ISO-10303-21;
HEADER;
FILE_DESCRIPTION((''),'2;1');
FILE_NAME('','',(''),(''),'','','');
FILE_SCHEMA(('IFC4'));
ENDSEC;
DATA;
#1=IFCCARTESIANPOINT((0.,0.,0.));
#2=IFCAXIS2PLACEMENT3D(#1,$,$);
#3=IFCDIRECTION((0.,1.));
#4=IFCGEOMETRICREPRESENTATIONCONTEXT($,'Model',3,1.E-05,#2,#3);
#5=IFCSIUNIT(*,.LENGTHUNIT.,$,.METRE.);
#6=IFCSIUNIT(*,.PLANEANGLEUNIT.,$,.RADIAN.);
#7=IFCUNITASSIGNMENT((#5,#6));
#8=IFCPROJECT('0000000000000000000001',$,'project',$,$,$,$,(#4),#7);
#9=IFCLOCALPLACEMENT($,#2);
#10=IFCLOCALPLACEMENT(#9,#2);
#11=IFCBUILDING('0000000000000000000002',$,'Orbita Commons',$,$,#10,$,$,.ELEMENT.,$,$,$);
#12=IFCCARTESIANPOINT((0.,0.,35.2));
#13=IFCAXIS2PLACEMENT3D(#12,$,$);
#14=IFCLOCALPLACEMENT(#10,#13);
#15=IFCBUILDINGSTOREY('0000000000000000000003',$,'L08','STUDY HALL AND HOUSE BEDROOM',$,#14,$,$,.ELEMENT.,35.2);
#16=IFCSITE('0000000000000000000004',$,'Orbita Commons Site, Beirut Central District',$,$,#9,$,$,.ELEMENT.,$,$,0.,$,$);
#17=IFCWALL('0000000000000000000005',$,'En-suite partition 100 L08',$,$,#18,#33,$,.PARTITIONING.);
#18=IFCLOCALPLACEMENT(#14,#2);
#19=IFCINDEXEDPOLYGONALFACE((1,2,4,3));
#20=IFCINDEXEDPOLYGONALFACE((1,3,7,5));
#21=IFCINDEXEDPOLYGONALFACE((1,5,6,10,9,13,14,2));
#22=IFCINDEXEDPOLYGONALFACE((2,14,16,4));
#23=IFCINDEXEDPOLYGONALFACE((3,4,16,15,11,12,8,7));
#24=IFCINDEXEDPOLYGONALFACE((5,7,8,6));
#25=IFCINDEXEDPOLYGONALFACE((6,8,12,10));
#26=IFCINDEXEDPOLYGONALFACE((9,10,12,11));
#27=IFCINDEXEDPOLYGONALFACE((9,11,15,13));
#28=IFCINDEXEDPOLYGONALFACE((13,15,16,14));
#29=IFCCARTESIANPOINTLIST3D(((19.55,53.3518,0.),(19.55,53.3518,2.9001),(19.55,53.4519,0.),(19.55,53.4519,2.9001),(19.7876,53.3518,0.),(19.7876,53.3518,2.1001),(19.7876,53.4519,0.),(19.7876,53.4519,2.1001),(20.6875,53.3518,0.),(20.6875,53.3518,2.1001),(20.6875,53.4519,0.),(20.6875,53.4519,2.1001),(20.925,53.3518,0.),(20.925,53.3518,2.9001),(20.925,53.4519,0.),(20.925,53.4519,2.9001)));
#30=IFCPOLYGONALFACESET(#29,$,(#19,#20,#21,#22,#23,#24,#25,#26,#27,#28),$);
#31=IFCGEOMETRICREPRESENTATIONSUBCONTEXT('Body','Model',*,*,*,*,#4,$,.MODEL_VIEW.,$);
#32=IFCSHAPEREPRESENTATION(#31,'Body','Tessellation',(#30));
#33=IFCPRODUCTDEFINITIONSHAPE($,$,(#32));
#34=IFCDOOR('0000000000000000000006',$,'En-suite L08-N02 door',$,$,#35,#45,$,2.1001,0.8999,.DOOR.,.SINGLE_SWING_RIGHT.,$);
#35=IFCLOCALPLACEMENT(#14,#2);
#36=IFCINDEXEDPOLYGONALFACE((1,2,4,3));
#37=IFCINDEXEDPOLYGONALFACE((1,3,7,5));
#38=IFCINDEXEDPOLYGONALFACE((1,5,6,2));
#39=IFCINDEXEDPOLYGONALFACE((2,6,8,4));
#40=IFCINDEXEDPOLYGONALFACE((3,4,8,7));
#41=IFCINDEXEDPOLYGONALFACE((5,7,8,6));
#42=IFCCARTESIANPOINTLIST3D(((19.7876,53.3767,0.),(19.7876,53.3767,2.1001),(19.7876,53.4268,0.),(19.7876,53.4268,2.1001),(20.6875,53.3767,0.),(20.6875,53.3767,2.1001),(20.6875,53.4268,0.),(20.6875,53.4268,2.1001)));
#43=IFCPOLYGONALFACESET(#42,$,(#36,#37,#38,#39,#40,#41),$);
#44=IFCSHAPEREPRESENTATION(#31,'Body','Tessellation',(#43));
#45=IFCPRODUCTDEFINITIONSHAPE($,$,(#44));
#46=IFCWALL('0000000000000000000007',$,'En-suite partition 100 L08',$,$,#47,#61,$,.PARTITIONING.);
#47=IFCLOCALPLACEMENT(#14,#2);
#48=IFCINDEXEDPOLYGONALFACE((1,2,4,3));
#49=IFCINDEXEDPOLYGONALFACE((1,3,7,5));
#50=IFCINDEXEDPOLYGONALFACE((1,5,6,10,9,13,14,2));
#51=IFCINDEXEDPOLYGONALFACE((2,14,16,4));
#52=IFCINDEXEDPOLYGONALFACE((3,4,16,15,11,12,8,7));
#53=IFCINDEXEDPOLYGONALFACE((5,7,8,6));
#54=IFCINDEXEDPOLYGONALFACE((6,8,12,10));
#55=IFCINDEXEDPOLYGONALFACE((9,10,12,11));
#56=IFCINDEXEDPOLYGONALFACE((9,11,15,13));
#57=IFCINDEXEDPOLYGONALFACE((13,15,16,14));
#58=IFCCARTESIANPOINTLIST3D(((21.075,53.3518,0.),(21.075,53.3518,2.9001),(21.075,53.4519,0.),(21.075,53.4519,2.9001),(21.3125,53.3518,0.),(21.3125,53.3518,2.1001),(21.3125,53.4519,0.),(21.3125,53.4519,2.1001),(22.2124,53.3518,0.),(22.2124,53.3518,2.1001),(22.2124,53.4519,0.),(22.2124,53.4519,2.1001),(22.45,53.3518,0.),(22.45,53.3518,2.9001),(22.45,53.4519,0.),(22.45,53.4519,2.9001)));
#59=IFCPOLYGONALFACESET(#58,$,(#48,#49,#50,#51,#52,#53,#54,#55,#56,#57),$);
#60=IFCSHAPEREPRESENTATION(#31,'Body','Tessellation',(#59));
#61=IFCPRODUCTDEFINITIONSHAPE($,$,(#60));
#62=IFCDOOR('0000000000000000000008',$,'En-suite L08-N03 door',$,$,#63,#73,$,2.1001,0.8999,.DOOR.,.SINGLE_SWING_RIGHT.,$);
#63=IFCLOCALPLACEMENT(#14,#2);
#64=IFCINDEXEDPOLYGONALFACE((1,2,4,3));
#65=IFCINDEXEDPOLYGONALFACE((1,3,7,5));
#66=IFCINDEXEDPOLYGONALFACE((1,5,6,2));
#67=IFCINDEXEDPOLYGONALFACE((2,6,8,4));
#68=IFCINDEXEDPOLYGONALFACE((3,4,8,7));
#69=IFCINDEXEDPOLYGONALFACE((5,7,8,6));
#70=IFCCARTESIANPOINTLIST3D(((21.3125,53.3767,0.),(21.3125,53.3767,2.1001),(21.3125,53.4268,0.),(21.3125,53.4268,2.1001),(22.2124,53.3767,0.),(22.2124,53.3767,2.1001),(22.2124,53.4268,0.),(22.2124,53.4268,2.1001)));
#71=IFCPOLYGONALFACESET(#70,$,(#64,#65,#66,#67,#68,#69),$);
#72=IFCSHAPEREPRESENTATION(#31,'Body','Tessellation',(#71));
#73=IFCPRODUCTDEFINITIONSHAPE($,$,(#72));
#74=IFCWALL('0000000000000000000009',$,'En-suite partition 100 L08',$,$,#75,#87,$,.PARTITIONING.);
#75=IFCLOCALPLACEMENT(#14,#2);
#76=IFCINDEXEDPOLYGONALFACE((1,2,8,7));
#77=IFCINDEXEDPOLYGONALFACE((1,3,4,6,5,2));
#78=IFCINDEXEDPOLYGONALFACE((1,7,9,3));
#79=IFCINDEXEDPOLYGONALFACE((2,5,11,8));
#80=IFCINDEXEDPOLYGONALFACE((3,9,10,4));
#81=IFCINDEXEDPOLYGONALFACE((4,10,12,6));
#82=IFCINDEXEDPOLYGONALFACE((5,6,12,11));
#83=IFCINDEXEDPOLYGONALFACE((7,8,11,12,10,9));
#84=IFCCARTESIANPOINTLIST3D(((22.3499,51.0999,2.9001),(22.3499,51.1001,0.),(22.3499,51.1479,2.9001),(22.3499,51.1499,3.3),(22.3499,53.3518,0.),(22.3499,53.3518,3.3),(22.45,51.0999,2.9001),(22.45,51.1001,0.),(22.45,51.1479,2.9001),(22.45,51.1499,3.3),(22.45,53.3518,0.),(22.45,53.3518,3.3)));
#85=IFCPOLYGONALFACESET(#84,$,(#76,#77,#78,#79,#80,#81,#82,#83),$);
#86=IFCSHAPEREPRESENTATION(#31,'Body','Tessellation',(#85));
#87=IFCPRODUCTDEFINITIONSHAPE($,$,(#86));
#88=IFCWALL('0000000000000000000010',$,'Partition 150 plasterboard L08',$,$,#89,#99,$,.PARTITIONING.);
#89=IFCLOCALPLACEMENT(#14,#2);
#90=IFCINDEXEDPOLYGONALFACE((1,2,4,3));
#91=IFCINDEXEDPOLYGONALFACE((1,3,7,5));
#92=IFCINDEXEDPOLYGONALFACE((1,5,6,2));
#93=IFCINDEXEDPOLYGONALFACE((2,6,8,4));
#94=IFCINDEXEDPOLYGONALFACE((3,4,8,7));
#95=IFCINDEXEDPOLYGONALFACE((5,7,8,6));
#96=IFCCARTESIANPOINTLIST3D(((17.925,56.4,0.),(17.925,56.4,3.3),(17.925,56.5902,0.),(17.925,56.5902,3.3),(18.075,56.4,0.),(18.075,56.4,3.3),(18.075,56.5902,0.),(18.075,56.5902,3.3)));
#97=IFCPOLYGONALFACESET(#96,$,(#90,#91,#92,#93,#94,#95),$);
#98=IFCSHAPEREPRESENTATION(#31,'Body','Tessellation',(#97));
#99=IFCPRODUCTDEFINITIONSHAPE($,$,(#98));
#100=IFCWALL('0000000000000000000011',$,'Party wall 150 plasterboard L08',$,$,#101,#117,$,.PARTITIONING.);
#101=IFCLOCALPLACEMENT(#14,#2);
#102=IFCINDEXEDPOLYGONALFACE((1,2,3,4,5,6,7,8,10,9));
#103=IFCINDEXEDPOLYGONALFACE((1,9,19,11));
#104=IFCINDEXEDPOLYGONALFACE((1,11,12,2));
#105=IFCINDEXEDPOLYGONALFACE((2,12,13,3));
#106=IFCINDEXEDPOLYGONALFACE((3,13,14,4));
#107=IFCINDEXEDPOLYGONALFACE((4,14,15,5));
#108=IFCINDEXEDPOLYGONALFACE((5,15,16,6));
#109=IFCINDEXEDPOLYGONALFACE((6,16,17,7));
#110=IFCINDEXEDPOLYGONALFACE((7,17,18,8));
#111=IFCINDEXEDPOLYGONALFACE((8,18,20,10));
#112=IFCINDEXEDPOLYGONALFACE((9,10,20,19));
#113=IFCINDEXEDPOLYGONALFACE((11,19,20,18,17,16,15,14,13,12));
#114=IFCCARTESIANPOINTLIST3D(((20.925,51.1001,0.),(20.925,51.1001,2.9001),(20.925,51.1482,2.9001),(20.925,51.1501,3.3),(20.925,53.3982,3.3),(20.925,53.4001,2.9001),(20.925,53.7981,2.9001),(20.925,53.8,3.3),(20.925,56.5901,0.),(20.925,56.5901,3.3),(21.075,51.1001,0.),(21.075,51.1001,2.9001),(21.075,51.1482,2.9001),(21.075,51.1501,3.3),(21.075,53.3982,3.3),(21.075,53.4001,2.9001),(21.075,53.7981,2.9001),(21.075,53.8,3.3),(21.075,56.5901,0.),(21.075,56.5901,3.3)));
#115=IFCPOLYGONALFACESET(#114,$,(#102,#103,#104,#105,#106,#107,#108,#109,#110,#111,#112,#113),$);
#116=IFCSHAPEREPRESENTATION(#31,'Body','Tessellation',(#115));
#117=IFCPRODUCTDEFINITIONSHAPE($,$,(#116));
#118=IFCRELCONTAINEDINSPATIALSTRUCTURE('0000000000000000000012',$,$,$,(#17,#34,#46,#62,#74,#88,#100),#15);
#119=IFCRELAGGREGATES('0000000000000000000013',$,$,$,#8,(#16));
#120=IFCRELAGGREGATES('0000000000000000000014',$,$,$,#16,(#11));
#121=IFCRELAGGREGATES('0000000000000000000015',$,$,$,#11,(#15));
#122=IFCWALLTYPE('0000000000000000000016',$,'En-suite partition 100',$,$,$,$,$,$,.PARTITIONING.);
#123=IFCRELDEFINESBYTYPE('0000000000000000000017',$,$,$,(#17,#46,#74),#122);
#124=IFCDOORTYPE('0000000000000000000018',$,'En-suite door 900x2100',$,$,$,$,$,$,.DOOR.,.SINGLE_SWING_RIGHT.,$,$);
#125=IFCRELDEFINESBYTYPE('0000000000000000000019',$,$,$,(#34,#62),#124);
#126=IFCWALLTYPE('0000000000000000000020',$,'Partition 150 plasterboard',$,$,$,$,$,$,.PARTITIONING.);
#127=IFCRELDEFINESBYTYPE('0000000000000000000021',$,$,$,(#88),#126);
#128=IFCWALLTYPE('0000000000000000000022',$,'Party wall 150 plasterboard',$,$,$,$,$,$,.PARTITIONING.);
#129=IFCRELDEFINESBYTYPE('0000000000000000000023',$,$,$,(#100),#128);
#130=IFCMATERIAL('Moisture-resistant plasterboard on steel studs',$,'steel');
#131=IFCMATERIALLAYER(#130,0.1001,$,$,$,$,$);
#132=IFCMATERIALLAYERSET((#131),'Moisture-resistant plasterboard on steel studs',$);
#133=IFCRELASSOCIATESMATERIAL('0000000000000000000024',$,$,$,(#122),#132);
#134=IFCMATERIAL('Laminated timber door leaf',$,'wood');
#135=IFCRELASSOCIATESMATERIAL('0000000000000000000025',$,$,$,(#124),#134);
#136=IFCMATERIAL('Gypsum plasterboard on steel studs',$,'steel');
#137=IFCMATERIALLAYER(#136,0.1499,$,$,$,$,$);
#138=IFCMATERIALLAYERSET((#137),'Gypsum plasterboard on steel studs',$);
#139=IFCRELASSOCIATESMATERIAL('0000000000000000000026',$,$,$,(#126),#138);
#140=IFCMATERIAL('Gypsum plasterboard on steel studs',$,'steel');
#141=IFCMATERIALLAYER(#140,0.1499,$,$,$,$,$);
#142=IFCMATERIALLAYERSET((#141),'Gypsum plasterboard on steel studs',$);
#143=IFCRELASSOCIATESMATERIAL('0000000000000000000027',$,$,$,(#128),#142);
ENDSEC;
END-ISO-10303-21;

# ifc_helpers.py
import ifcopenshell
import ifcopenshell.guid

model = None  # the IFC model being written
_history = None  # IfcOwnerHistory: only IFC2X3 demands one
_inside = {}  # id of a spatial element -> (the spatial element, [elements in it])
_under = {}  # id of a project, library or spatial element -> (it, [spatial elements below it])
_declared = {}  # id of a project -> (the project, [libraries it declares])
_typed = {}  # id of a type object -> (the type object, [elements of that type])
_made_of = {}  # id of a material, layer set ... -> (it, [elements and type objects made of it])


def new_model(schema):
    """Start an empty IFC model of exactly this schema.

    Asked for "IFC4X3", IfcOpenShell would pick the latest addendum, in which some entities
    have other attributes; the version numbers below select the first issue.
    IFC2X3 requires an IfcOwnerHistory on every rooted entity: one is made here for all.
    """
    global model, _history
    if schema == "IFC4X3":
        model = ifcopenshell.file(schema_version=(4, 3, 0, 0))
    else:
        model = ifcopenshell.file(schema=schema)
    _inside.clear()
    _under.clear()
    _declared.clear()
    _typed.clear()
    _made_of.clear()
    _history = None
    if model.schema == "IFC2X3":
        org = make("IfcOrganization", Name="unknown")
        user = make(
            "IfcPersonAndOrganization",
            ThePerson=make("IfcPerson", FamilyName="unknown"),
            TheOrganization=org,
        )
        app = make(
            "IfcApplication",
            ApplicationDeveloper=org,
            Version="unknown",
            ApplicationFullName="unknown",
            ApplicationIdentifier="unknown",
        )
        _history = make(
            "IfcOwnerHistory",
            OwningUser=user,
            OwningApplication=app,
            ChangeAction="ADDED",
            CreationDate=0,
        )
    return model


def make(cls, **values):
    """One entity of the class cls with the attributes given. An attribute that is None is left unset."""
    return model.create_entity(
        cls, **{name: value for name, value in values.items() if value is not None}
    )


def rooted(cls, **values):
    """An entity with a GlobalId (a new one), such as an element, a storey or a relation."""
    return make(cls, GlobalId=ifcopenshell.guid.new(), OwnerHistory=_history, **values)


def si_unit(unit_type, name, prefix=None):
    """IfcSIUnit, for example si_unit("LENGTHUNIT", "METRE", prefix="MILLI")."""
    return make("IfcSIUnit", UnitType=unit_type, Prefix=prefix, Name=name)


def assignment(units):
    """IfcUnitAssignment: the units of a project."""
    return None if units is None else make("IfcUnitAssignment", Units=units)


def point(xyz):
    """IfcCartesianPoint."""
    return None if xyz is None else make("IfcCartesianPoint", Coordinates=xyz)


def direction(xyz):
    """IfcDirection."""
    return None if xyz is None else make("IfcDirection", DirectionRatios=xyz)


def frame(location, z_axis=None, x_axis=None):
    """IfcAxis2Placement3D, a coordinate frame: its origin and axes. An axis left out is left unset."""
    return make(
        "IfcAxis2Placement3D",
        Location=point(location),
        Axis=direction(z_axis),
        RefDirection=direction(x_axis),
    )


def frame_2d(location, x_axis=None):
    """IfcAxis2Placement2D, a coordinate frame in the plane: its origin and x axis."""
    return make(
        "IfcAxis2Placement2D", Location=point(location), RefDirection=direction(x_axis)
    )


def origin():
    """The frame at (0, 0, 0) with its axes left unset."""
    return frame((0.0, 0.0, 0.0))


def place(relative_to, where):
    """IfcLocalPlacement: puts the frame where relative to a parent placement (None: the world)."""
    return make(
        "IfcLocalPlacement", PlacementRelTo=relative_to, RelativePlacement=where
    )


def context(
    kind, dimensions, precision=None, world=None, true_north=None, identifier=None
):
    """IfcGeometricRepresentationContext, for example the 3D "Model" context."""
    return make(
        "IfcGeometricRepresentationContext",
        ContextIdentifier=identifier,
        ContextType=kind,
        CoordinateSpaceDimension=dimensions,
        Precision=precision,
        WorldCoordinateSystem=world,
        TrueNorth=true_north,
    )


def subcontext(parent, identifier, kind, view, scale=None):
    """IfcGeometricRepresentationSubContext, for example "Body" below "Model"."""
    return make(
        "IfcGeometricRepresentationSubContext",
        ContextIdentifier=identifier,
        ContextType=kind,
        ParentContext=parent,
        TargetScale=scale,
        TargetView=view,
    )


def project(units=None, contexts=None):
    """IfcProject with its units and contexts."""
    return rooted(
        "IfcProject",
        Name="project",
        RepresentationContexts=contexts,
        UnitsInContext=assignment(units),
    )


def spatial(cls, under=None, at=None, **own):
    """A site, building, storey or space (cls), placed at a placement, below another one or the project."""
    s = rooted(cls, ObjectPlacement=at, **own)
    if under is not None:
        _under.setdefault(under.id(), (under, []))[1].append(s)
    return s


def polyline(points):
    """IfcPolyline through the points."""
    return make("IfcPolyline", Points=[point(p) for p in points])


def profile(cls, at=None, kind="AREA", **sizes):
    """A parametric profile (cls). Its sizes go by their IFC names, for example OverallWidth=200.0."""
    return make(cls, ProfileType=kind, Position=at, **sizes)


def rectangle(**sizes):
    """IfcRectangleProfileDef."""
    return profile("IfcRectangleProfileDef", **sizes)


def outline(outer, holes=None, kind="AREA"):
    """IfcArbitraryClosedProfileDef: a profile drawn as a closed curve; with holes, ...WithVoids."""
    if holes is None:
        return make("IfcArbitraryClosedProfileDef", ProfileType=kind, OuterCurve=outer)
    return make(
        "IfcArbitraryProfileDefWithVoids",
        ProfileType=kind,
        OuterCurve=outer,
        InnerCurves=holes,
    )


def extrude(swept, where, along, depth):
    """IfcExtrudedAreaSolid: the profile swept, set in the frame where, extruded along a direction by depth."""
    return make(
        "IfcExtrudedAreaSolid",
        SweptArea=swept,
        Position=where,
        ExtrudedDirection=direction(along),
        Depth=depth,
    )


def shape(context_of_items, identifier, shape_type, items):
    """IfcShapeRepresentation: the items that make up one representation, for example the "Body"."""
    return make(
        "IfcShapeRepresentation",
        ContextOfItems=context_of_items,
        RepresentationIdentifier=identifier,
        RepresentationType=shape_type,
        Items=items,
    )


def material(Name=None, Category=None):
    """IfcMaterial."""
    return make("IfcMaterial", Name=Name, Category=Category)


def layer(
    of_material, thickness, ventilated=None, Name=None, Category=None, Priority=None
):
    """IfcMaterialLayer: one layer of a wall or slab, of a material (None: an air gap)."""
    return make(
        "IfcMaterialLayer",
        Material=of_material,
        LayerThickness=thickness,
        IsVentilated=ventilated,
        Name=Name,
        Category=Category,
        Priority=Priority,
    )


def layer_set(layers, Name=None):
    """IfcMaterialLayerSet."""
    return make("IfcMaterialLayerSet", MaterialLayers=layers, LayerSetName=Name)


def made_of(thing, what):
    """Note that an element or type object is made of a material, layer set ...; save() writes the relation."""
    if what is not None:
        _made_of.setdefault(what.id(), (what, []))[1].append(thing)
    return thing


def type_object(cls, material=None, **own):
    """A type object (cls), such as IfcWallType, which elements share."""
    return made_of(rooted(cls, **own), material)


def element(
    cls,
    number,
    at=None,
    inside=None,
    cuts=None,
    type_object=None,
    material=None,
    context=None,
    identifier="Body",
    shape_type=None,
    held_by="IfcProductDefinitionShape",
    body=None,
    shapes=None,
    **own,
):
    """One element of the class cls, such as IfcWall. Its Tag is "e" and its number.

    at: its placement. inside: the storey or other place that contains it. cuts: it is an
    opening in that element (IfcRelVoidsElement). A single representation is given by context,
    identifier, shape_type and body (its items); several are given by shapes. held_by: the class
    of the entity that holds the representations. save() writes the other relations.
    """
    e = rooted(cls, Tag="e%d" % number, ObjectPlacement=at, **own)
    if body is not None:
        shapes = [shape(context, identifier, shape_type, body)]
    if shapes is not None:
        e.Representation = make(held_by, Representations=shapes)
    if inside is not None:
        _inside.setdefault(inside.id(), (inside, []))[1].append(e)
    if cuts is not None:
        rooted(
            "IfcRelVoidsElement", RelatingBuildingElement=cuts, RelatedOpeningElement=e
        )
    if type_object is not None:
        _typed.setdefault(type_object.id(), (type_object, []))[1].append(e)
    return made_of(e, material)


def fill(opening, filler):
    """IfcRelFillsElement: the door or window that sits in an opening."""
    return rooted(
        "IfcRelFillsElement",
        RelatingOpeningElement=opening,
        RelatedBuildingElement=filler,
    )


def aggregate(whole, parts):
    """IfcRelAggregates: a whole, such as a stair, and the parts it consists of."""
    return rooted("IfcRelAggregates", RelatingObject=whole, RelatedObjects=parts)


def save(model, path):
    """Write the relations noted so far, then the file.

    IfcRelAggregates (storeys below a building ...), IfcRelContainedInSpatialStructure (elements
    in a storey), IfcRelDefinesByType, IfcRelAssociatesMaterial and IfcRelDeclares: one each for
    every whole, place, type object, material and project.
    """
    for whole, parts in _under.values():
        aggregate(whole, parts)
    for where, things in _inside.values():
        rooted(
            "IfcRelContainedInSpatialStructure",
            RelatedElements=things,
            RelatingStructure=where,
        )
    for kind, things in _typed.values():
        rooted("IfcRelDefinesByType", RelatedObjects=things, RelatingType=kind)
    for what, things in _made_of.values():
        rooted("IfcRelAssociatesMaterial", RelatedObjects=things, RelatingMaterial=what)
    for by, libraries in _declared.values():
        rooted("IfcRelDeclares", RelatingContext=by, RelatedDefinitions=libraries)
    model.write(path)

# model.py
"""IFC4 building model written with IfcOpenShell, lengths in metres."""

from ifc_helpers import new_model, si_unit, direction, frame, frame_2d, origin, place, context, subcontext, project, spatial, polyline, rectangle, outline, extrude, material, layer, layer_set, type_object, element, fill, save


model = new_model("IFC4")

# Units and contexts
model_context = context("Model", 3, precision=1e-05, world=origin(), true_north=direction((0.0, 1.0)))
body_context = subcontext(model_context, "Body", "Model", "MODEL_VIEW")
ifc_project = project(units=[si_unit("LENGTHUNIT", "METRE"), si_unit("PLANEANGLEUNIT", "RADIAN")], contexts=[model_context])

# Site, building, storey
site_placement = place(None, origin())
site = spatial("IfcSite", under=ifc_project, at=site_placement, Name="Orbita Commons Site, Beirut Central District", CompositionType="ELEMENT", RefElevation=0.0)
building_placement = place(site_placement, origin())
building = spatial("IfcBuilding", under=site, at=building_placement, Name="Orbita Commons", CompositionType="ELEMENT")
storey_placement = place(building_placement, frame((0.0, 0.0, 35.2)))
storey = spatial("IfcBuildingStorey", under=building, at=storey_placement, Name="L08", Description="STUDY HALL AND HOUSE BEDROOM", CompositionType="ELEMENT", Elevation=35.2)

# Walls, openings, doors
ifc_material_1 = material(Name="Moisture-resistant plasterboard on steel studs", Category="steel")
ifc_layer_1 = layer(ifc_material_1, 0.1001)
ifc_layer_set_1 = layer_set([ifc_layer_1], Name="Moisture-resistant plasterboard on steel studs")
wall_type_1 = type_object("IfcWallType", Name="En-suite partition 100", PredefinedType="PARTITIONING", material=ifc_layer_set_1)
wall_1_placement = place(storey_placement, frame((19.55, 53.4019, 0.0), z_axis=(0.0, 0.0, 1.0), x_axis=(1.0, 0.0, 0.0)))
wall_1 = element("IfcWall", 1, at=wall_1_placement, inside=storey, type_object=wall_type_1, Name="En-suite partition 100 L08", PredefinedType="PARTITIONING", context=body_context, shape_type="SweptSolid", body=[
    extrude(outline(polyline([(0.0, 0.0), (1.375, 0.0), (1.375, 2.9001), (0.0, 2.9001), (0.0, 0.0)])), frame((0.0, 0.05, 0.0), z_axis=(0.0, -1.0, 0.0), x_axis=(1.0, 0.0, 0.0)), (0.0, 0.0, 1.0), 0.1001),
])
opening_1_placement = place(wall_1_placement, frame((0.2375, 0.0, 0.0)))
opening_1 = element("IfcOpeningElement", 2, at=opening_1_placement, cuts=wall_1, PredefinedType="OPENING", context=body_context, shape_type="SweptSolid", body=[
    extrude(rectangle(XDim=0.8999, YDim=2.1001, at=frame_2d((0.45, 1.05))), frame((0.0, 0.0601, 0.0), z_axis=(0.0, -1.0, 0.0), x_axis=(1.0, 0.0, 0.0)), (0.0, 0.0, 1.0), 0.1201),
])
ifc_material_2 = material(Name="Laminated timber door leaf", Category="wood")
door_type = type_object("IfcDoorType", Name="En-suite door 900x2100", OperationType="SINGLE_SWING_RIGHT", PredefinedType="DOOR", material=ifc_material_2)
door_1_placement = place(opening_1_placement, origin())
door_1 = element("IfcDoor", 3, at=door_1_placement, inside=storey, type_object=door_type, Name="En-suite L08-N02 door", OperationType="SINGLE_SWING_RIGHT", OverallHeight=2.1001, OverallWidth=0.8999, PredefinedType="DOOR", context=body_context, shape_type="SweptSolid", body=[
    extrude(rectangle(XDim=0.8999, YDim=2.1001, at=frame_2d((0.45, 1.05))), frame((0.0, 0.0249, 0.0), z_axis=(0.0, -1.0, 0.0), x_axis=(1.0, 0.0, 0.0)), (0.0, 0.0, 1.0), 0.05),
])
fill(opening_1, door_1)
wall_2_placement = place(storey_placement, frame((21.075, 53.4019, 0.0), z_axis=(0.0, 0.0, 1.0), x_axis=(1.0, 0.0, 0.0)))
wall_2 = element("IfcWall", 4, at=wall_2_placement, inside=storey, type_object=wall_type_1, Name="En-suite partition 100 L08", PredefinedType="PARTITIONING", context=body_context, shape_type="SweptSolid", body=[
    extrude(outline(polyline([(0.0, 0.0), (1.375, 0.0), (1.375, 2.9001), (0.0, 2.9001), (0.0, 0.0)])), frame((0.0, 0.05, 0.0), z_axis=(0.0, -1.0, 0.0), x_axis=(1.0, 0.0, 0.0)), (0.0, 0.0, 1.0), 0.1001),
])
opening_2_placement = place(wall_2_placement, frame((0.2375, 0.0, 0.0)))
opening_2 = element("IfcOpeningElement", 5, at=opening_2_placement, cuts=wall_2, PredefinedType="OPENING", context=body_context, shape_type="SweptSolid", body=[
    extrude(rectangle(XDim=0.8999, YDim=2.1001, at=frame_2d((0.45, 1.05))), frame((0.0, 0.0601, 0.0), z_axis=(0.0, -1.0, 0.0), x_axis=(1.0, 0.0, 0.0)), (0.0, 0.0, 1.0), 0.1201),
])
door_2_placement = place(opening_2_placement, origin())
door_2 = element("IfcDoor", 6, at=door_2_placement, inside=storey, type_object=door_type, Name="En-suite L08-N03 door", OperationType="SINGLE_SWING_RIGHT", OverallHeight=2.1001, OverallWidth=0.8999, PredefinedType="DOOR", context=body_context, shape_type="SweptSolid", body=[
    extrude(rectangle(XDim=0.8999, YDim=2.1001, at=frame_2d((0.45, 1.05))), frame((0.0, 0.0249, 0.0), z_axis=(0.0, -1.0, 0.0), x_axis=(1.0, 0.0, 0.0)), (0.0, 0.0, 1.0), 0.05),
])
fill(opening_2, door_2)

# Walls
wall_3_placement = place(storey_placement, frame((22.3999, 53.3518, 0.0), z_axis=(0.0, 0.0, 1.0), x_axis=(0.0, -1.0, 0.0)))
element("IfcWall", 7, at=wall_3_placement, inside=storey, type_object=wall_type_1, Name="En-suite partition 100 L08", PredefinedType="PARTITIONING", context=body_context, shape_type="SweptSolid", body=[
    extrude(outline(polyline([(0.0, 0.0), (2.2517, 0.0), (2.252, 2.9001), (2.2039, 2.9001), (2.2019, 3.3), (0.0, 3.3), (0.0, 0.0)])), frame((0.0, 0.05, 0.0), z_axis=(0.0, -1.0, 0.0), x_axis=(1.0, 0.0, 0.0)), (0.0, 0.0, 1.0), 0.1001),
])
ifc_material_3 = material(Name="Gypsum plasterboard on steel studs", Category="steel")
ifc_layer_2 = layer(ifc_material_3, 0.1499)
ifc_layer_set_2 = layer_set([ifc_layer_2], Name="Gypsum plasterboard on steel studs")
wall_type_2 = type_object("IfcWallType", Name="Partition 150 plasterboard", PredefinedType="PARTITIONING", material=ifc_layer_set_2)
wall_4_placement = place(storey_placement, frame((18.0, 56.3999, 0.0), z_axis=(0.0, 0.0, 1.0), x_axis=(0.0, 1.0, 0.0)))
element("IfcWall", 8, at=wall_4_placement, inside=storey, type_object=wall_type_2, Name="Partition 150 plasterboard L08", PredefinedType="PARTITIONING", context=body_context, shape_type="SweptSolid", body=[
    extrude(rectangle(XDim=0.1902, YDim=0.1499, at=frame_2d((0.0952, 0.0))), origin(), (0.0, 0.0, 1.0), 3.3),
])
ifc_material_4 = material(Name="Gypsum plasterboard on steel studs", Category="steel")
ifc_layer_3 = layer(ifc_material_4, 0.1499)
ifc_layer_set_3 = layer_set([ifc_layer_3], Name="Gypsum plasterboard on steel studs")
wall_type_3 = type_object("IfcWallType", Name="Party wall 150 plasterboard", PredefinedType="PARTITIONING", material=ifc_layer_set_3)
wall_5_placement = place(storey_placement, frame((21.0, 56.5901, 0.0), z_axis=(0.0, 0.0, 1.0), x_axis=(0.0, -1.0, 0.0)))
element("IfcWall", 9, at=wall_5_placement, inside=storey, type_object=wall_type_3, Name="Party wall 150 plasterboard L08", PredefinedType="PARTITIONING", context=body_context, shape_type="SweptSolid", body=[
    extrude(outline(polyline([(0.0, 0.0), (5.49, 0.0), (5.49, 2.9001), (5.4419, 2.9001), (5.4399, 3.3), (3.1919, 3.3), (3.1899, 2.9001), (2.792, 2.9001), (2.79, 3.3), (0.0, 3.3), (0.0, 0.0)])), frame((0.0, 0.075, 0.0), z_axis=(0.0, -1.0, 0.0), x_axis=(1.0, 0.0, 0.0)), (0.0, 0.0, 1.0), 0.1499),
])

save(model, "model.ifc")
